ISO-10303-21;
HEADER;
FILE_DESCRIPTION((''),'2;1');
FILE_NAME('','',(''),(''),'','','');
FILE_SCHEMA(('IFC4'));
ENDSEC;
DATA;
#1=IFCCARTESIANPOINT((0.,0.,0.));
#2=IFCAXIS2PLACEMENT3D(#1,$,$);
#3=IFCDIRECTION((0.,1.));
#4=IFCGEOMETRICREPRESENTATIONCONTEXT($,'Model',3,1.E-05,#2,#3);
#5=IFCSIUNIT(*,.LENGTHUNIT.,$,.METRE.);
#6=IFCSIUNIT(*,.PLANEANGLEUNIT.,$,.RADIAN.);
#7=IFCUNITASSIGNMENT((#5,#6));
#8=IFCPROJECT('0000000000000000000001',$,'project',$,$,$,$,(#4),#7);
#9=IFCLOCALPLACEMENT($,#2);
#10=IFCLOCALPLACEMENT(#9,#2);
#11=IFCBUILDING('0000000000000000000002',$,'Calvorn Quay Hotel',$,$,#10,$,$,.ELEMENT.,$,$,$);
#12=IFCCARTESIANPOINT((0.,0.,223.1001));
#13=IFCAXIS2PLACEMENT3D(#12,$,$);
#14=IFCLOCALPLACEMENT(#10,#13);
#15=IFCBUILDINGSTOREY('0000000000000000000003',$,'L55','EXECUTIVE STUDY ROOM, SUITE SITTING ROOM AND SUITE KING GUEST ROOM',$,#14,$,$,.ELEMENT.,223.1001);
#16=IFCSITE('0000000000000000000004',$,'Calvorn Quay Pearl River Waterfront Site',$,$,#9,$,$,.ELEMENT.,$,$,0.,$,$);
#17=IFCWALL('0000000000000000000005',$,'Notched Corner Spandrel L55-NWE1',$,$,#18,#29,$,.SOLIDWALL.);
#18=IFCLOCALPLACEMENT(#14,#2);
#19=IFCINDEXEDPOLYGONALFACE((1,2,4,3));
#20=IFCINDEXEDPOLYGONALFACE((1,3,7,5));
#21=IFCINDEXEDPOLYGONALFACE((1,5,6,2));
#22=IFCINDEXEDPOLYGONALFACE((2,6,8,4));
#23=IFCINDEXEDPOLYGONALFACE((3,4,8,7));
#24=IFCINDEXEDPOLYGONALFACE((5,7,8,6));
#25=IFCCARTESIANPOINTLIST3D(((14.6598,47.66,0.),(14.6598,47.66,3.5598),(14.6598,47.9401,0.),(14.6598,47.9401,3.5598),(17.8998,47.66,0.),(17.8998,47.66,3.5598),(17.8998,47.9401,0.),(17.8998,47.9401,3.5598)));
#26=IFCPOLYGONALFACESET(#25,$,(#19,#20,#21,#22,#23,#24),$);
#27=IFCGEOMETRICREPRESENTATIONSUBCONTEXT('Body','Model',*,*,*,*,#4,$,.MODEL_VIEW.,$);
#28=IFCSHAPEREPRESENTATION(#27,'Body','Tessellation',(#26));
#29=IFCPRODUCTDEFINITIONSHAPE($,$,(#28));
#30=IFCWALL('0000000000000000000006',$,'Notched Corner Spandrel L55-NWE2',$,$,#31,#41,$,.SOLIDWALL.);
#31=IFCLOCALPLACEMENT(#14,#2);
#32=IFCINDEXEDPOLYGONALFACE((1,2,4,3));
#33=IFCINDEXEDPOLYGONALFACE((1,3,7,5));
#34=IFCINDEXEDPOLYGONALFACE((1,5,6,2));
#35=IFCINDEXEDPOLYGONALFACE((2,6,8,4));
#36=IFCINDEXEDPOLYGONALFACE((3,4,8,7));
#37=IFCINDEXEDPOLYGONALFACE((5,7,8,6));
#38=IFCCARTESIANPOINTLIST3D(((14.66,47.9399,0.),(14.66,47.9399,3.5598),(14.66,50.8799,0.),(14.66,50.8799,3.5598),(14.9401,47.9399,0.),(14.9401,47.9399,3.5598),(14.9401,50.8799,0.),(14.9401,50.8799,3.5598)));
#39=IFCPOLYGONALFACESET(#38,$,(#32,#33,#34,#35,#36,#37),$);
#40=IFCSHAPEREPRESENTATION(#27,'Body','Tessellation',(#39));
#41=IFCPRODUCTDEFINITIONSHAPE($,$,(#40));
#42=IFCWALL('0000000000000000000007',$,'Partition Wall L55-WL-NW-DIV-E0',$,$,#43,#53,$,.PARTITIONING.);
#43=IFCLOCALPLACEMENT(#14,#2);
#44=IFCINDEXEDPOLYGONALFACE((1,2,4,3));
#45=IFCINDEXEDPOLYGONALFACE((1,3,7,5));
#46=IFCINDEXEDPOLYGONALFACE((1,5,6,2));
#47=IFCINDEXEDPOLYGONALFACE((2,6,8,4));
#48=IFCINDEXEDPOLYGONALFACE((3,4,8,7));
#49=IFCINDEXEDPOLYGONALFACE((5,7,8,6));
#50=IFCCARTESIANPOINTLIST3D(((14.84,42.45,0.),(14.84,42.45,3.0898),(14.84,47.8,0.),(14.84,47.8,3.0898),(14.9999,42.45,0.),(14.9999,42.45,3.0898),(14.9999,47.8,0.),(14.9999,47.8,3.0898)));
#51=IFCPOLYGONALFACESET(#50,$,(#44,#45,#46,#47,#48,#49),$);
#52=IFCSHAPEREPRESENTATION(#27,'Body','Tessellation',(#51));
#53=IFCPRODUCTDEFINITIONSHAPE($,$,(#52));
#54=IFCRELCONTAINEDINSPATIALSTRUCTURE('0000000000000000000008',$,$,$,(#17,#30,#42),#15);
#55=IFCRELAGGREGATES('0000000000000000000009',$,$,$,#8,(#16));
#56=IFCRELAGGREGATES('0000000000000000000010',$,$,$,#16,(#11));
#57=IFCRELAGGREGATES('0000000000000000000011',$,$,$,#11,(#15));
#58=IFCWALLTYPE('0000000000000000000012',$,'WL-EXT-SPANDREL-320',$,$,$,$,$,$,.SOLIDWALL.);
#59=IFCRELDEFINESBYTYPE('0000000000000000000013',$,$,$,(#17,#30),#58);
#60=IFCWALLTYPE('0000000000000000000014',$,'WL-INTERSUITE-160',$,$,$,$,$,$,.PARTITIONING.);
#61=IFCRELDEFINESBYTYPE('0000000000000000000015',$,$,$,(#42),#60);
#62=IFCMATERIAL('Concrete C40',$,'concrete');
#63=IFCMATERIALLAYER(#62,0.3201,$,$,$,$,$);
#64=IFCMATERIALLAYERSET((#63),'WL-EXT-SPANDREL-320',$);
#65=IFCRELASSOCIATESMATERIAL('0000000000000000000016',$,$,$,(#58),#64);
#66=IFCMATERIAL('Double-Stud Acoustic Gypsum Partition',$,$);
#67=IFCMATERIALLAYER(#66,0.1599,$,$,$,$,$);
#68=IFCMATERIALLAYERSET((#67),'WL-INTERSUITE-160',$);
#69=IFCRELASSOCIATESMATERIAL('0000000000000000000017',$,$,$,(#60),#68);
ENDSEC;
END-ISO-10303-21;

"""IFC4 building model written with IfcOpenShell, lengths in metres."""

from ifc_helpers import new_model, si_unit, direction, frame, frame_2d, origin, place, context, subcontext, project, spatial, rectangle, extrude, material, layer, layer_set, type_object, element, save


model = new_model("IFC4")

# Units and contexts
model_context = context("Model", 3, precision=1e-05, world=origin(), true_north=direction((0.0, 1.0)))
body_context = subcontext(model_context, "Body", "Model", "MODEL_VIEW")
ifc_project = project(units=[si_unit("LENGTHUNIT", "METRE"), si_unit("PLANEANGLEUNIT", "RADIAN")], contexts=[model_context])

# Site, building, storey
site_placement = place(None, origin())
site = spatial("IfcSite", under=ifc_project, at=site_placement, Name="Calvorn Quay Pearl River Waterfront Site", CompositionType="ELEMENT", RefElevation=0.0)
building_placement = place(site_placement, origin())
building = spatial("IfcBuilding", under=site, at=building_placement, Name="Calvorn Quay Hotel", CompositionType="ELEMENT")
storey_placement = place(building_placement, frame((0.0, 0.0, 223.1001)))
storey = spatial("IfcBuildingStorey", under=building, at=storey_placement, Name="L55", Description="EXECUTIVE STUDY ROOM, SUITE SITTING ROOM AND SUITE KING GUEST ROOM", CompositionType="ELEMENT", Elevation=223.1001)

# Walls
ifc_material_1 = material(Name="Concrete C40", Category="concrete")
ifc_layer_1 = layer(ifc_material_1, 0.3201)
ifc_layer_set_1 = layer_set([ifc_layer_1], Name="WL-EXT-SPANDREL-320")
wall_type_1 = type_object("IfcWallType", Name="WL-EXT-SPANDREL-320", PredefinedType="SOLIDWALL", material=ifc_layer_set_1)
wall_1_placement = place(storey_placement, frame((17.8999, 47.8, 0.0), z_axis=(0.0, 0.0, 1.0), x_axis=(-1.0, 0.0, 0.0)))
element("IfcWall", 1, at=wall_1_placement, inside=storey, type_object=wall_type_1, Name="Notched Corner Spandrel L55-NWE1", PredefinedType="SOLIDWALL", context=body_context, shape_type="SweptSolid", body=[
    extrude(rectangle(XDim=3.24, YDim=0.28, at=frame_2d((1.6201, 0.0))), origin(), (0.0, 0.0, 1.0), 3.5598),
])
wall_2_placement = place(storey_placement, frame((14.8, 47.9399, 0.0), z_axis=(0.0, 0.0, 1.0), x_axis=(0.0, 1.0, 0.0)))
element("IfcWall", 2, at=wall_2_placement, inside=storey, type_object=wall_type_1, Name="Notched Corner Spandrel L55-NWE2", PredefinedType="SOLIDWALL", context=body_context, shape_type="SweptSolid", body=[
    extrude(rectangle(XDim=2.9399, YDim=0.28, at=frame_2d((1.47, 0.0))), origin(), (0.0, 0.0, 1.0), 3.5598),
])
ifc_material_2 = material(Name="Double-Stud Acoustic Gypsum Partition")
ifc_layer_2 = layer(ifc_material_2, 0.1599)
ifc_layer_set_2 = layer_set([ifc_layer_2], Name="WL-INTERSUITE-160")
wall_type_2 = type_object("IfcWallType", Name="WL-INTERSUITE-160", PredefinedType="PARTITIONING", material=ifc_layer_set_2)
wall_3_placement = place(storey_placement, frame((14.9199, 42.45, 0.0), z_axis=(0.0, 0.0, 1.0), x_axis=(0.0, 1.0, 0.0)))
element("IfcWall", 3, at=wall_3_placement, inside=storey, type_object=wall_type_2, Name="Partition Wall L55-WL-NW-DIV-E0", PredefinedType="PARTITIONING", context=body_context, shape_type="SweptSolid", body=[
    extrude(rectangle(XDim=5.3501, YDim=0.1599, at=frame_2d((2.675, 0.0))), origin(), (0.0, 0.0, 1.0), 3.0898),
])

save(model, "model.ifc")
